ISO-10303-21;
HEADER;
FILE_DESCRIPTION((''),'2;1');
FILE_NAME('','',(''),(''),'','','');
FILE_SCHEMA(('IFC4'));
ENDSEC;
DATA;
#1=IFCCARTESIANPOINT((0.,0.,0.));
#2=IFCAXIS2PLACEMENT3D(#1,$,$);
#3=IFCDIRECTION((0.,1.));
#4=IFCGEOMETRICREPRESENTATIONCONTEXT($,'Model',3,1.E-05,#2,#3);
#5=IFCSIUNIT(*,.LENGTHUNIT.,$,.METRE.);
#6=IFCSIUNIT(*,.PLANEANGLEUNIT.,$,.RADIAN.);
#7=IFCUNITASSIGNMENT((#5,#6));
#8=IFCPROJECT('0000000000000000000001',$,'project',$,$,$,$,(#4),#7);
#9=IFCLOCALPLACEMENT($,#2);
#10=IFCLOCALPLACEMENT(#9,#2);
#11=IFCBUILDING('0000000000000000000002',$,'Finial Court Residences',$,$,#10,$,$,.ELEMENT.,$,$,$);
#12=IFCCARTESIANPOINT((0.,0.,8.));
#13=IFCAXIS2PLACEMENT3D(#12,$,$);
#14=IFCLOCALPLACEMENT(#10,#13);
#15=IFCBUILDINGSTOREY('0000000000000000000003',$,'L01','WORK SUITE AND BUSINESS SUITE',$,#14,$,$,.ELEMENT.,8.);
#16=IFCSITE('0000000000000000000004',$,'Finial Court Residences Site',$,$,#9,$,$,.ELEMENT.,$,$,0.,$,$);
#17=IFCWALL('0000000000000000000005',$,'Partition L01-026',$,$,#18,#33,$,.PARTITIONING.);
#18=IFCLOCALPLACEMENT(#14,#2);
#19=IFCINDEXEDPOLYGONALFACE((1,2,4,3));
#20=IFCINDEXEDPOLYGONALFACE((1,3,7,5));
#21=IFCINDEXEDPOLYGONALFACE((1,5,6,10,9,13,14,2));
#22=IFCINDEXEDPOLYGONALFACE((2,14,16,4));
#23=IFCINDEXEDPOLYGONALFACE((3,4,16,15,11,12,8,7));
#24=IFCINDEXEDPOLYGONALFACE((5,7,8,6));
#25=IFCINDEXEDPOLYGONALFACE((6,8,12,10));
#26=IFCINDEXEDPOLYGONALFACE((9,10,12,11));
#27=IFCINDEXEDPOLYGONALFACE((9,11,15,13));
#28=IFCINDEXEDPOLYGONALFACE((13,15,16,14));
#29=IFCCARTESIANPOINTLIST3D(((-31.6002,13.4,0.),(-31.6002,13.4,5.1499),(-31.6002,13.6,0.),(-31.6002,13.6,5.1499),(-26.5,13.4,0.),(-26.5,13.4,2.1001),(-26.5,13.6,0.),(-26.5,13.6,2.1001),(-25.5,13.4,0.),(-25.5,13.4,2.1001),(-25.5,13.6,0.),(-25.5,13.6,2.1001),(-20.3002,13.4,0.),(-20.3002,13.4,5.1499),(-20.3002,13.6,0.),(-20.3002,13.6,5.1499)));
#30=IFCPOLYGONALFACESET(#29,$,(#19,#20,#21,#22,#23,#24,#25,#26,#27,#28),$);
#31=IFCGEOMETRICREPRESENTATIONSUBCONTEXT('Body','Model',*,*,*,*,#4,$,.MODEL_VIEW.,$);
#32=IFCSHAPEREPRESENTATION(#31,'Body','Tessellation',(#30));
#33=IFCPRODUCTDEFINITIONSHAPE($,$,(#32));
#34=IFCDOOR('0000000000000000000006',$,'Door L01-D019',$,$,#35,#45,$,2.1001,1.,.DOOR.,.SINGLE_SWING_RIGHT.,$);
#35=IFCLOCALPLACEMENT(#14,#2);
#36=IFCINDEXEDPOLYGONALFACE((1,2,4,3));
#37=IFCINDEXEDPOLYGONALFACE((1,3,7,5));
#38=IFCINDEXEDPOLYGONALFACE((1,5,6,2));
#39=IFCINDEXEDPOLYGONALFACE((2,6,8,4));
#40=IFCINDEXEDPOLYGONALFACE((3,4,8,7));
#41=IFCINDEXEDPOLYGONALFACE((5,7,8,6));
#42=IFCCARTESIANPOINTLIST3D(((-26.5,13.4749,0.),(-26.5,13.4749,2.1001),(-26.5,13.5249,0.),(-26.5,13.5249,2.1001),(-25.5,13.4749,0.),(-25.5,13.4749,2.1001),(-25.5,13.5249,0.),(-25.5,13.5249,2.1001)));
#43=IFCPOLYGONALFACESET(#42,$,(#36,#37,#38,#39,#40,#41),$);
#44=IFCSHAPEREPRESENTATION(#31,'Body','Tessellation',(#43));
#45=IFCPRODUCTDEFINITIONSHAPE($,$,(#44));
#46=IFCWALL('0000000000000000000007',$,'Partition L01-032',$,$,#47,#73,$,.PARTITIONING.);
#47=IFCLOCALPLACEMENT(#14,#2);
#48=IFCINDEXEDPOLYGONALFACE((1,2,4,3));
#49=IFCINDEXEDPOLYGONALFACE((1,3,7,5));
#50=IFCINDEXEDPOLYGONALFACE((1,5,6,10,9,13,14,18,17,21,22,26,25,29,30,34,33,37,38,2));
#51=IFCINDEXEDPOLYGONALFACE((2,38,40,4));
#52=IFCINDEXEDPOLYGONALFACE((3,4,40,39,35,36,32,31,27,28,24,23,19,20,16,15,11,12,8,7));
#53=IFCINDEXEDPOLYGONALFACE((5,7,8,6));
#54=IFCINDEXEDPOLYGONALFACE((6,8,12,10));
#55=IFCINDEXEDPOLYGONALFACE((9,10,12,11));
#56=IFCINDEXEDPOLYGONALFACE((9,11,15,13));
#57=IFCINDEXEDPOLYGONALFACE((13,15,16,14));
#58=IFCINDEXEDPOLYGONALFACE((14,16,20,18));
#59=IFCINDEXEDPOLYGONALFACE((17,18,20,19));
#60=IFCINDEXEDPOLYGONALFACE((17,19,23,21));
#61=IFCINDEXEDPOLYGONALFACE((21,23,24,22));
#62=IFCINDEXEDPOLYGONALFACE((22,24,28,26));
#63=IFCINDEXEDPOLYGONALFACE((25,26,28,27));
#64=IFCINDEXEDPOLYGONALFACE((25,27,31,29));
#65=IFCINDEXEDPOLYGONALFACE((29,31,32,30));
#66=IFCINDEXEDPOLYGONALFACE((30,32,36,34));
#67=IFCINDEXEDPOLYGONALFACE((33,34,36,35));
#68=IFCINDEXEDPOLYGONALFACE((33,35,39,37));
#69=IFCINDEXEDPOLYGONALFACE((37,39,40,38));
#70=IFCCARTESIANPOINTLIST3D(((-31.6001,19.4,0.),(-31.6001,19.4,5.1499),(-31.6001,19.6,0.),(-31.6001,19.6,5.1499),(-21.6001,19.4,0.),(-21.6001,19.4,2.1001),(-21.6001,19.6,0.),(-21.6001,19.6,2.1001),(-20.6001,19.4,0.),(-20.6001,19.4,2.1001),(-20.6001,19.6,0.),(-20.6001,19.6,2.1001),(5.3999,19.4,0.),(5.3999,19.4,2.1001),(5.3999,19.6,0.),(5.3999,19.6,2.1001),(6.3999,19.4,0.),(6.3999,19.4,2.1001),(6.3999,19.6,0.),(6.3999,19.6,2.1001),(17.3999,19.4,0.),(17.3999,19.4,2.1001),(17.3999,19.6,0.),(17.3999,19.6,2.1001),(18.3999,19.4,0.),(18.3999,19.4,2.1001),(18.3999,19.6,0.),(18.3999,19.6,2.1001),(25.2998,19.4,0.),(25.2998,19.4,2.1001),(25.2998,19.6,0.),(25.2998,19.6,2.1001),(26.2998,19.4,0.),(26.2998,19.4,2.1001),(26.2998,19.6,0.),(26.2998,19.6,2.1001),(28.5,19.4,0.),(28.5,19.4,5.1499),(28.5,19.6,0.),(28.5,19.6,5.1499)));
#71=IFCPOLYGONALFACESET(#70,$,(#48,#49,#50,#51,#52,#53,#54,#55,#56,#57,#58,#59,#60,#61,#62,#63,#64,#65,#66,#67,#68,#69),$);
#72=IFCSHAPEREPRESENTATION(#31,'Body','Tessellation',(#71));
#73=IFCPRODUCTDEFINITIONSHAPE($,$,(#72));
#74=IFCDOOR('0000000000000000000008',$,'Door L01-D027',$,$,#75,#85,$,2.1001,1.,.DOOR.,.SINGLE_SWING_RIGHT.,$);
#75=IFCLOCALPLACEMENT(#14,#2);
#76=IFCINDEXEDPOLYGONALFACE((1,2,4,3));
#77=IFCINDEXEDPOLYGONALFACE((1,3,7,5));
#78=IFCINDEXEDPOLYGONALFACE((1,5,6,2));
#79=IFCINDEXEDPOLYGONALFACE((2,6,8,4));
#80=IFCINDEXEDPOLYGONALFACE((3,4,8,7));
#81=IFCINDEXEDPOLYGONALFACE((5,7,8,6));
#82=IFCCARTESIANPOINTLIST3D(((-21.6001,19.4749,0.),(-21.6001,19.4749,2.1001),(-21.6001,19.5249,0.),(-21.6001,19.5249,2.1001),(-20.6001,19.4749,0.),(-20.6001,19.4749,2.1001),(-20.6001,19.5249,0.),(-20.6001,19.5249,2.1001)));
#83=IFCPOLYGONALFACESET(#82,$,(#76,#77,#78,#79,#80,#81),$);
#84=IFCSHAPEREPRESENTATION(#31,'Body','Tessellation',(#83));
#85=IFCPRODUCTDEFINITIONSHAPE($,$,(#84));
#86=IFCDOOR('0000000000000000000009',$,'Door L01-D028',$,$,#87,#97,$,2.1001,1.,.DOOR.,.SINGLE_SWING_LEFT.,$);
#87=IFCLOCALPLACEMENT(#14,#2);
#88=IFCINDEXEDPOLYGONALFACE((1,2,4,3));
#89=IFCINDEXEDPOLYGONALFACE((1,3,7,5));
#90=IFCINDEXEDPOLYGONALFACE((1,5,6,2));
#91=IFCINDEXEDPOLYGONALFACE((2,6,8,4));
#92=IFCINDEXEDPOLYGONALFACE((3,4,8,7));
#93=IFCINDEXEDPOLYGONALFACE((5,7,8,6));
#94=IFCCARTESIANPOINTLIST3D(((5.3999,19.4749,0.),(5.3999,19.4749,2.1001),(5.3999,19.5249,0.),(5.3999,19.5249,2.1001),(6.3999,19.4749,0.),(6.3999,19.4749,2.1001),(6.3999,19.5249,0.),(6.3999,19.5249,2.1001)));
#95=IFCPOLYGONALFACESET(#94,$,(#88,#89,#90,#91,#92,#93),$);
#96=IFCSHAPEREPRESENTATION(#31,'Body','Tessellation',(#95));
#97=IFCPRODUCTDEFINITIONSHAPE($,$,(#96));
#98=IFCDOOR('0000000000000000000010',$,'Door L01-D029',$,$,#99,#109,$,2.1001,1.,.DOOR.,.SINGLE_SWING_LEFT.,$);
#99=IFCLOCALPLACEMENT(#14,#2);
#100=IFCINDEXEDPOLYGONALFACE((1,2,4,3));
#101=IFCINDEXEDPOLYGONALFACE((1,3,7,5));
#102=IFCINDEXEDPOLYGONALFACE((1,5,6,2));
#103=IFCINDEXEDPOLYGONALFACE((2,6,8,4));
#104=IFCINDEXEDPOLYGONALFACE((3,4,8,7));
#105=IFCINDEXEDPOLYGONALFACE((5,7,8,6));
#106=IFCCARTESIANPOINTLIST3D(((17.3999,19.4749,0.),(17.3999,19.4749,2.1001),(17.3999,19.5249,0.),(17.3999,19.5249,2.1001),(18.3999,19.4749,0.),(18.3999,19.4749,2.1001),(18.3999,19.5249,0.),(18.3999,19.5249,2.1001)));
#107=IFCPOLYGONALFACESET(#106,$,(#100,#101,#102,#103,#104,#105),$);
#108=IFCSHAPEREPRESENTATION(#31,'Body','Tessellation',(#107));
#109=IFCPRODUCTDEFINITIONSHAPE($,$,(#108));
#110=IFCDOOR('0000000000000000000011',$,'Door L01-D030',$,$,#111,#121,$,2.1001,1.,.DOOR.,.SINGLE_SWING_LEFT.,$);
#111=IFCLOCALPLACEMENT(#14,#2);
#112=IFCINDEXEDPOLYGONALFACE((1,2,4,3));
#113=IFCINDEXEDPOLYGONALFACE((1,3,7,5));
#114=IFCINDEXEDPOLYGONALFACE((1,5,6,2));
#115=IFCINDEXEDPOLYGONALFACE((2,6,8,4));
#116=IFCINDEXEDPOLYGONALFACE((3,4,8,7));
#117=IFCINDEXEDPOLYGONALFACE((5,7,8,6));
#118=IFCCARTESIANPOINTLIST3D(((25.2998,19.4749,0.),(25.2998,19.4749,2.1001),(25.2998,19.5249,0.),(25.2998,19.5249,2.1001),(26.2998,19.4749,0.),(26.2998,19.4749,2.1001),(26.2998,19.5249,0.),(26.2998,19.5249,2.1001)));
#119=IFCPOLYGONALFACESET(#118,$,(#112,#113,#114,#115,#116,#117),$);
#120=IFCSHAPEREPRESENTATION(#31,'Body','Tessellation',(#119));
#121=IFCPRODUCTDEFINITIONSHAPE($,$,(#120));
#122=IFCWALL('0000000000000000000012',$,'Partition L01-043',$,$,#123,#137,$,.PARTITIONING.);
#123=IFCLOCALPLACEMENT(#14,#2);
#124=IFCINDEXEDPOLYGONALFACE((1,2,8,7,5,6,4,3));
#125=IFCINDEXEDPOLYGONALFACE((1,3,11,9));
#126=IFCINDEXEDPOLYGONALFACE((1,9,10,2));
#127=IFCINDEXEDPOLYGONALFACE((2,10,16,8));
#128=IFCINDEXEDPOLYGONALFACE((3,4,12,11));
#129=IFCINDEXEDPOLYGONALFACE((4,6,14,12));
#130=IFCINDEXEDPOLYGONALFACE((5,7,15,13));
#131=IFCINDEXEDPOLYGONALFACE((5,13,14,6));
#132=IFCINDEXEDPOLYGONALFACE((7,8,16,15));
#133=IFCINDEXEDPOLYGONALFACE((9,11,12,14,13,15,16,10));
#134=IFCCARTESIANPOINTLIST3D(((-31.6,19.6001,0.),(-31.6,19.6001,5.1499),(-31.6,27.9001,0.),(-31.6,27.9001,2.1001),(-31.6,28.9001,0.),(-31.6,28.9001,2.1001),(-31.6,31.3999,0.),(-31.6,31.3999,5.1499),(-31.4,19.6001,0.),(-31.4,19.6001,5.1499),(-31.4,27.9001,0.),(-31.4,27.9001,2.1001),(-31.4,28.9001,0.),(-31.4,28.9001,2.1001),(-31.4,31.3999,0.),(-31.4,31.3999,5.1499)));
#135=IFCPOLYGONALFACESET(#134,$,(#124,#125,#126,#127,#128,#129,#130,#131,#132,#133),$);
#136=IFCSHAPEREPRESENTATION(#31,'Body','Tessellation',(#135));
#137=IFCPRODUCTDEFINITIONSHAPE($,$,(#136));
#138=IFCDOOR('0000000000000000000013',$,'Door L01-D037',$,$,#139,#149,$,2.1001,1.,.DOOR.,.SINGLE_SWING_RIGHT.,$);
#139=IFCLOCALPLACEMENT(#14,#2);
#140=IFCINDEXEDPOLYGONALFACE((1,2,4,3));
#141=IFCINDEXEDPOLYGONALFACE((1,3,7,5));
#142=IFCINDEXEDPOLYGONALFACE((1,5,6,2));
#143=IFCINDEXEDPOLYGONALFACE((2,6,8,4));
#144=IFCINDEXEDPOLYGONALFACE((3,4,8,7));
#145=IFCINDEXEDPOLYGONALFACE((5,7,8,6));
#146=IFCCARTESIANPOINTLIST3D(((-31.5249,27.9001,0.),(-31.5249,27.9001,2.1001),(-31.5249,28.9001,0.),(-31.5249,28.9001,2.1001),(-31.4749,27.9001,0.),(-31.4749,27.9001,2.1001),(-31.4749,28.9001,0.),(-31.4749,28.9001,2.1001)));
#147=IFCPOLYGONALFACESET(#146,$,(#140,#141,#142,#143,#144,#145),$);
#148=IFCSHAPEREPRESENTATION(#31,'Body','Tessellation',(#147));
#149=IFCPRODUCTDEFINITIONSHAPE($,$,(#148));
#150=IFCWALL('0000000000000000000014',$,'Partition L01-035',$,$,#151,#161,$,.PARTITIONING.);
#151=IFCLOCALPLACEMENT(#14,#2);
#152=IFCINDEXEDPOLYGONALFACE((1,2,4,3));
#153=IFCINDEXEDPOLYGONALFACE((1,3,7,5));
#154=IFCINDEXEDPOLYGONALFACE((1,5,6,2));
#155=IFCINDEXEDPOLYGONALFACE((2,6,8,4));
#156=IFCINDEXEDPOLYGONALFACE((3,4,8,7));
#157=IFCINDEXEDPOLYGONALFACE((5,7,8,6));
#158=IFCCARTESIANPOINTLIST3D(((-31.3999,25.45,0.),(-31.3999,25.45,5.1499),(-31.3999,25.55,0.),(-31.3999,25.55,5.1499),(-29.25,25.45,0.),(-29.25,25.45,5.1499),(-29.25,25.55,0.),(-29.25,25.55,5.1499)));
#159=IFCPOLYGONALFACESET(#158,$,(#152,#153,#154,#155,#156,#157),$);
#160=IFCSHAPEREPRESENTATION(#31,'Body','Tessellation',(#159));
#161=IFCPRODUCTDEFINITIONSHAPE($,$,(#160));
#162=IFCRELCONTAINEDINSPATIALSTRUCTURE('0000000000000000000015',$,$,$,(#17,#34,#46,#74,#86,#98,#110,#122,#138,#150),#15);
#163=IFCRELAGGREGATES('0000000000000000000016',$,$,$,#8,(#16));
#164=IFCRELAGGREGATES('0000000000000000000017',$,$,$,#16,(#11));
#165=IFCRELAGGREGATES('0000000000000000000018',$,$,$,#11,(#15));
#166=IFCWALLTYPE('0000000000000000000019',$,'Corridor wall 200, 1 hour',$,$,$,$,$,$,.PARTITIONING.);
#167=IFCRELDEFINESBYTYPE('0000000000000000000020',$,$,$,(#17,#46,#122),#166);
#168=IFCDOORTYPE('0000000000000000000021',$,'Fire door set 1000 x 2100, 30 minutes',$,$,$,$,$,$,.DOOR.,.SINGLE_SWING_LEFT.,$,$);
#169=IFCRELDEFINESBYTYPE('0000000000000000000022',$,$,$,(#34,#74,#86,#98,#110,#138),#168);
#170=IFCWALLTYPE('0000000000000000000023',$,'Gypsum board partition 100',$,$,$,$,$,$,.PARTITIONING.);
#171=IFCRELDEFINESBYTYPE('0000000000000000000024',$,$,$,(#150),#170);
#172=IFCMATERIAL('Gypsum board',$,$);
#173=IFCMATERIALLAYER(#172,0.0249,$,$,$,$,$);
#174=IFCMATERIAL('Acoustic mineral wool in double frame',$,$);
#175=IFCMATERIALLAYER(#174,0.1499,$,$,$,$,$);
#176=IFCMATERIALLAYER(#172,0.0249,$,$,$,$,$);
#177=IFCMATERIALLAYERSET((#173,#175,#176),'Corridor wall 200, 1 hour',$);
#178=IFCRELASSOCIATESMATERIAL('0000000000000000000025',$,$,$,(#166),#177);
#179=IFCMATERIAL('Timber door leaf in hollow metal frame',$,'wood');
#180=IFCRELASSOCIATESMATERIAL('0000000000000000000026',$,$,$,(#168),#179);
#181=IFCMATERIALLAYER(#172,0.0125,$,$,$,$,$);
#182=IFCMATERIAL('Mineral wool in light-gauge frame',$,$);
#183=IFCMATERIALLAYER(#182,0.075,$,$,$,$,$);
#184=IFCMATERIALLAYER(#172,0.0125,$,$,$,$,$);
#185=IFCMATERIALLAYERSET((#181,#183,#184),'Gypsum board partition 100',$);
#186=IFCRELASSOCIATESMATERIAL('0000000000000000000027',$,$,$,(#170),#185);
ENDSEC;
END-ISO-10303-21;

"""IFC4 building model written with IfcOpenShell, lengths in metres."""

from ifc_helpers import new_model, si_unit, direction, frame, frame_2d, origin, place, context, subcontext, project, spatial, rectangle, extrude, material, layer, layer_set, type_object, element, fill, save


model = new_model("IFC4")

# Units and contexts
model_context = context("Model", 3, precision=1e-05, world=origin(), true_north=direction((0.0, 1.0)))
body_context = subcontext(model_context, "Body", "Model", "MODEL_VIEW")
ifc_project = project(units=[si_unit("LENGTHUNIT", "METRE"), si_unit("PLANEANGLEUNIT", "RADIAN")], contexts=[model_context])

# Site, building, storey
site_placement = place(None, origin())
site = spatial("IfcSite", under=ifc_project, at=site_placement, Name="Finial Court Residences Site", CompositionType="ELEMENT", RefElevation=0.0)
building_placement = place(site_placement, origin())
building = spatial("IfcBuilding", under=site, at=building_placement, Name="Finial Court Residences", CompositionType="ELEMENT")
storey_placement = place(building_placement, frame((0.0, 0.0, 8.0)))
storey = spatial("IfcBuildingStorey", under=building, at=storey_placement, Name="L01", Description="WORK SUITE AND BUSINESS SUITE", CompositionType="ELEMENT", Elevation=8.0)

# Wall, opening, door
ifc_material_1 = material(Name="Gypsum board")
ifc_layer_1 = layer(ifc_material_1, 0.0249)
ifc_material_2 = material(Name="Acoustic mineral wool in double frame")
ifc_layer_2 = layer(ifc_material_2, 0.1499)
ifc_layer_3 = layer(ifc_material_1, 0.0249)
ifc_layer_set_1 = layer_set([ifc_layer_1, ifc_layer_2, ifc_layer_3], Name="Corridor wall 200, 1 hour")
wall_type_1 = type_object("IfcWallType", Name="Corridor wall 200, 1 hour", PredefinedType="PARTITIONING", material=ifc_layer_set_1)
wall_1_placement = place(storey_placement, frame((-31.6001, 13.5, 0.0), z_axis=(0.0, 0.0, 1.0), x_axis=(1.0, 0.0, 0.0)))
wall_1 = element("IfcWall", 1, at=wall_1_placement, inside=storey, type_object=wall_type_1, Name="Partition L01-026", PredefinedType="PARTITIONING", context=body_context, shape_type="SweptSolid", body=[
    extrude(rectangle(XDim=11.3, YDim=0.2, at=frame_2d((5.6499, 0.0))), origin(), (0.0, 0.0, 1.0), 5.1499),
])
opening_1_placement = place(wall_1_placement, frame((5.1001, 0.0, 0.0)))
opening_1 = element("IfcOpeningElement", 2, at=opening_1_placement, cuts=wall_1, PredefinedType="OPENING", context=body_context, shape_type="SweptSolid", body=[
    extrude(rectangle(XDim=1.0, YDim=2.1001, at=frame_2d((0.5, 1.05))), frame((0.0, 0.1099, 0.0), z_axis=(0.0, -1.0, 0.0), x_axis=(1.0, 0.0, 0.0)), (0.0, 0.0, 1.0), 0.22),
])
ifc_material_3 = material(Name="Timber door leaf in hollow metal frame", Category="wood")
door_type = type_object("IfcDoorType", Name="Fire door set 1000 x 2100, 30 minutes", OperationType="SINGLE_SWING_LEFT", PredefinedType="DOOR", material=ifc_material_3)
door_1_placement = place(opening_1_placement, origin())
door_1 = element("IfcDoor", 3, at=door_1_placement, inside=storey, type_object=door_type, Name="Door L01-D019", OperationType="SINGLE_SWING_RIGHT", OverallHeight=2.1001, OverallWidth=1.0, PredefinedType="DOOR", context=body_context, shape_type="SweptSolid", body=[
    extrude(rectangle(XDim=1.0, YDim=2.1001, at=frame_2d((0.5, 1.05))), frame((0.0, 0.0249, 0.0), z_axis=(0.0, -1.0, 0.0), x_axis=(1.0, 0.0, 0.0)), (0.0, 0.0, 1.0), 0.05),
])
fill(opening_1, door_1)

# Wall, openings, doors
wall_2_placement = place(storey_placement, frame((-31.6001, 19.5, 0.0), z_axis=(0.0, 0.0, 1.0), x_axis=(1.0, 0.0, 0.0)))
wall_2 = element("IfcWall", 4, at=wall_2_placement, inside=storey, type_object=wall_type_1, Name="Partition L01-032", PredefinedType="PARTITIONING", context=body_context, shape_type="SweptSolid", body=[
    extrude(rectangle(XDim=60.1001, YDim=0.2, at=frame_2d((30.05, 0.0))), origin(), (0.0, 0.0, 1.0), 5.1499),
])
opening_2_placement = place(wall_2_placement, frame((10.0, 0.0, 0.0)))
opening_2 = element("IfcOpeningElement", 5, at=opening_2_placement, cuts=wall_2, PredefinedType="OPENING", context=body_context, shape_type="SweptSolid", body=[
    extrude(rectangle(XDim=1.0, YDim=2.1001, at=frame_2d((0.5, 1.05))), frame((0.0, 0.1099, 0.0), z_axis=(0.0, -1.0, 0.0), x_axis=(1.0, 0.0, 0.0)), (0.0, 0.0, 1.0), 0.22),
])
opening_3_placement = place(wall_2_placement, frame((37.0, 0.0, 0.0)))
opening_3 = element("IfcOpeningElement", 6, at=opening_3_placement, cuts=wall_2, PredefinedType="OPENING", context=body_context, shape_type="SweptSolid", body=[
    extrude(rectangle(XDim=1.0, YDim=2.1001, at=frame_2d((0.5, 1.05))), frame((0.0, 0.1099, 0.0), z_axis=(0.0, -1.0, 0.0), x_axis=(1.0, 0.0, 0.0)), (0.0, 0.0, 1.0), 0.22),
])
opening_4_placement = place(wall_2_placement, frame((49.0, 0.0, 0.0)))
opening_4 = element("IfcOpeningElement", 7, at=opening_4_placement, cuts=wall_2, PredefinedType="OPENING", context=body_context, shape_type="SweptSolid", body=[
    extrude(rectangle(XDim=1.0, YDim=2.1001, at=frame_2d((0.5, 1.05))), frame((0.0, 0.1099, 0.0), z_axis=(0.0, -1.0, 0.0), x_axis=(1.0, 0.0, 0.0)), (0.0, 0.0, 1.0), 0.22),
])
opening_5_placement = place(wall_2_placement, frame((56.8999, 0.0, 0.0)))
opening_5 = element("IfcOpeningElement", 8, at=opening_5_placement, cuts=wall_2, PredefinedType="OPENING", context=body_context, shape_type="SweptSolid", body=[
    extrude(rectangle(XDim=1.0, YDim=2.1001, at=frame_2d((0.5, 1.05))), frame((0.0, 0.1099, 0.0), z_axis=(0.0, -1.0, 0.0), x_axis=(1.0, 0.0, 0.0)), (0.0, 0.0, 1.0), 0.22),
])
door_2_placement = place(opening_2_placement, origin())
door_2 = element("IfcDoor", 9, at=door_2_placement, inside=storey, type_object=door_type, Name="Door L01-D027", OperationType="SINGLE_SWING_RIGHT", OverallHeight=2.1001, OverallWidth=1.0, PredefinedType="DOOR", context=body_context, shape_type="SweptSolid", body=[
    extrude(rectangle(XDim=1.0, YDim=2.1001, at=frame_2d((0.5, 1.05))), frame((0.0, 0.0249, 0.0), z_axis=(0.0, -1.0, 0.0), x_axis=(1.0, 0.0, 0.0)), (0.0, 0.0, 1.0), 0.05),
])
fill(opening_2, door_2)
door_3_placement = place(opening_3_placement, origin())
door_3 = element("IfcDoor", 10, at=door_3_placement, inside=storey, type_object=door_type, Name="Door L01-D028", OperationType="SINGLE_SWING_LEFT", OverallHeight=2.1001, OverallWidth=1.0, PredefinedType="DOOR", context=body_context, shape_type="SweptSolid", body=[
    extrude(rectangle(XDim=1.0, YDim=2.1001, at=frame_2d((0.5, 1.05))), frame((0.0, 0.0249, 0.0), z_axis=(0.0, -1.0, 0.0), x_axis=(1.0, 0.0, 0.0)), (0.0, 0.0, 1.0), 0.05),
])
fill(opening_3, door_3)
door_4_placement = place(opening_4_placement, origin())
door_4 = element("IfcDoor", 11, at=door_4_placement, inside=storey, type_object=door_type, Name="Door L01-D029", OperationType="SINGLE_SWING_LEFT", OverallHeight=2.1001, OverallWidth=1.0, PredefinedType="DOOR", context=body_context, shape_type="SweptSolid", body=[
    extrude(rectangle(XDim=1.0, YDim=2.1001, at=frame_2d((0.5, 1.05))), frame((0.0, 0.0249, 0.0), z_axis=(0.0, -1.0, 0.0), x_axis=(1.0, 0.0, 0.0)), (0.0, 0.0, 1.0), 0.05),
])
fill(opening_4, door_4)
door_5_placement = place(opening_5_placement, origin())
door_5 = element("IfcDoor", 12, at=door_5_placement, inside=storey, type_object=door_type, Name="Door L01-D030", OperationType="SINGLE_SWING_LEFT", OverallHeight=2.1001, OverallWidth=1.0, PredefinedType="DOOR", context=body_context, shape_type="SweptSolid", body=[
    extrude(rectangle(XDim=1.0, YDim=2.1001, at=frame_2d((0.5, 1.05))), frame((0.0, 0.0249, 0.0), z_axis=(0.0, -1.0, 0.0), x_axis=(1.0, 0.0, 0.0)), (0.0, 0.0, 1.0), 0.05),
])
fill(opening_5, door_5)

# Wall, opening, door
wall_3_placement = place(storey_placement, frame((-31.5, 19.6001, 0.0), z_axis=(0.0, 0.0, 1.0), x_axis=(0.0, 1.0, 0.0)))
wall_3 = element("IfcWall", 13, at=wall_3_placement, inside=storey, type_object=wall_type_1, Name="Partition L01-043", PredefinedType="PARTITIONING", context=body_context, shape_type="SweptSolid", body=[
    extrude(rectangle(XDim=11.7998, YDim=0.2, at=frame_2d((5.8999, 0.0))), origin(), (0.0, 0.0, 1.0), 5.1499),
])
opening_6_placement = place(wall_3_placement, frame((8.3, 0.0, 0.0)))
opening_6 = element("IfcOpeningElement", 14, at=opening_6_placement, cuts=wall_3, PredefinedType="OPENING", context=body_context, shape_type="SweptSolid", body=[
    extrude(rectangle(XDim=1.0, YDim=2.1001, at=frame_2d((0.5, 1.05))), frame((0.0, 0.1099, 0.0), z_axis=(0.0, -1.0, 0.0), x_axis=(1.0, 0.0, 0.0)), (0.0, 0.0, 1.0), 0.22),
])
door_6_placement = place(opening_6_placement, origin())
door_6 = element("IfcDoor", 15, at=door_6_placement, inside=storey, type_object=door_type, Name="Door L01-D037", OperationType="SINGLE_SWING_RIGHT", OverallHeight=2.1001, OverallWidth=1.0, PredefinedType="DOOR", context=body_context, shape_type="SweptSolid", body=[
    extrude(rectangle(XDim=1.0, YDim=2.1001, at=frame_2d((0.5, 1.05))), frame((0.0, 0.0249, 0.0), z_axis=(0.0, -1.0, 0.0), x_axis=(1.0, 0.0, 0.0)), (0.0, 0.0, 1.0), 0.05),
])
fill(opening_6, door_6)

# Wall
ifc_layer_4 = layer(ifc_material_1, 0.0125)
ifc_material_4 = material(Name="Mineral wool in light-gauge frame")
ifc_layer_5 = layer(ifc_material_4, 0.075)
ifc_layer_6 = layer(ifc_material_1, 0.0125)
ifc_layer_set_2 = layer_set([ifc_layer_4, ifc_layer_5, ifc_layer_6], Name="Gypsum board partition 100")
wall_type_2 = type_object("IfcWallType", Name="Gypsum board partition 100", PredefinedType="PARTITIONING", material=ifc_layer_set_2)
wall_4_placement = place(storey_placement, frame((-31.3999, 25.5, 0.0), z_axis=(0.0, 0.0, 1.0), x_axis=(1.0, 0.0, 0.0)))
element("IfcWall", 16, at=wall_4_placement, inside=storey, type_object=wall_type_2, Name="Partition L01-035", PredefinedType="PARTITIONING", context=body_context, shape_type="SweptSolid", body=[
    extrude(rectangle(XDim=2.1499, YDim=0.1001, at=frame_2d((1.075, 0.0))), origin(), (0.0, 0.0, 1.0), 5.1499),
])

save(model, "model.ifc")
